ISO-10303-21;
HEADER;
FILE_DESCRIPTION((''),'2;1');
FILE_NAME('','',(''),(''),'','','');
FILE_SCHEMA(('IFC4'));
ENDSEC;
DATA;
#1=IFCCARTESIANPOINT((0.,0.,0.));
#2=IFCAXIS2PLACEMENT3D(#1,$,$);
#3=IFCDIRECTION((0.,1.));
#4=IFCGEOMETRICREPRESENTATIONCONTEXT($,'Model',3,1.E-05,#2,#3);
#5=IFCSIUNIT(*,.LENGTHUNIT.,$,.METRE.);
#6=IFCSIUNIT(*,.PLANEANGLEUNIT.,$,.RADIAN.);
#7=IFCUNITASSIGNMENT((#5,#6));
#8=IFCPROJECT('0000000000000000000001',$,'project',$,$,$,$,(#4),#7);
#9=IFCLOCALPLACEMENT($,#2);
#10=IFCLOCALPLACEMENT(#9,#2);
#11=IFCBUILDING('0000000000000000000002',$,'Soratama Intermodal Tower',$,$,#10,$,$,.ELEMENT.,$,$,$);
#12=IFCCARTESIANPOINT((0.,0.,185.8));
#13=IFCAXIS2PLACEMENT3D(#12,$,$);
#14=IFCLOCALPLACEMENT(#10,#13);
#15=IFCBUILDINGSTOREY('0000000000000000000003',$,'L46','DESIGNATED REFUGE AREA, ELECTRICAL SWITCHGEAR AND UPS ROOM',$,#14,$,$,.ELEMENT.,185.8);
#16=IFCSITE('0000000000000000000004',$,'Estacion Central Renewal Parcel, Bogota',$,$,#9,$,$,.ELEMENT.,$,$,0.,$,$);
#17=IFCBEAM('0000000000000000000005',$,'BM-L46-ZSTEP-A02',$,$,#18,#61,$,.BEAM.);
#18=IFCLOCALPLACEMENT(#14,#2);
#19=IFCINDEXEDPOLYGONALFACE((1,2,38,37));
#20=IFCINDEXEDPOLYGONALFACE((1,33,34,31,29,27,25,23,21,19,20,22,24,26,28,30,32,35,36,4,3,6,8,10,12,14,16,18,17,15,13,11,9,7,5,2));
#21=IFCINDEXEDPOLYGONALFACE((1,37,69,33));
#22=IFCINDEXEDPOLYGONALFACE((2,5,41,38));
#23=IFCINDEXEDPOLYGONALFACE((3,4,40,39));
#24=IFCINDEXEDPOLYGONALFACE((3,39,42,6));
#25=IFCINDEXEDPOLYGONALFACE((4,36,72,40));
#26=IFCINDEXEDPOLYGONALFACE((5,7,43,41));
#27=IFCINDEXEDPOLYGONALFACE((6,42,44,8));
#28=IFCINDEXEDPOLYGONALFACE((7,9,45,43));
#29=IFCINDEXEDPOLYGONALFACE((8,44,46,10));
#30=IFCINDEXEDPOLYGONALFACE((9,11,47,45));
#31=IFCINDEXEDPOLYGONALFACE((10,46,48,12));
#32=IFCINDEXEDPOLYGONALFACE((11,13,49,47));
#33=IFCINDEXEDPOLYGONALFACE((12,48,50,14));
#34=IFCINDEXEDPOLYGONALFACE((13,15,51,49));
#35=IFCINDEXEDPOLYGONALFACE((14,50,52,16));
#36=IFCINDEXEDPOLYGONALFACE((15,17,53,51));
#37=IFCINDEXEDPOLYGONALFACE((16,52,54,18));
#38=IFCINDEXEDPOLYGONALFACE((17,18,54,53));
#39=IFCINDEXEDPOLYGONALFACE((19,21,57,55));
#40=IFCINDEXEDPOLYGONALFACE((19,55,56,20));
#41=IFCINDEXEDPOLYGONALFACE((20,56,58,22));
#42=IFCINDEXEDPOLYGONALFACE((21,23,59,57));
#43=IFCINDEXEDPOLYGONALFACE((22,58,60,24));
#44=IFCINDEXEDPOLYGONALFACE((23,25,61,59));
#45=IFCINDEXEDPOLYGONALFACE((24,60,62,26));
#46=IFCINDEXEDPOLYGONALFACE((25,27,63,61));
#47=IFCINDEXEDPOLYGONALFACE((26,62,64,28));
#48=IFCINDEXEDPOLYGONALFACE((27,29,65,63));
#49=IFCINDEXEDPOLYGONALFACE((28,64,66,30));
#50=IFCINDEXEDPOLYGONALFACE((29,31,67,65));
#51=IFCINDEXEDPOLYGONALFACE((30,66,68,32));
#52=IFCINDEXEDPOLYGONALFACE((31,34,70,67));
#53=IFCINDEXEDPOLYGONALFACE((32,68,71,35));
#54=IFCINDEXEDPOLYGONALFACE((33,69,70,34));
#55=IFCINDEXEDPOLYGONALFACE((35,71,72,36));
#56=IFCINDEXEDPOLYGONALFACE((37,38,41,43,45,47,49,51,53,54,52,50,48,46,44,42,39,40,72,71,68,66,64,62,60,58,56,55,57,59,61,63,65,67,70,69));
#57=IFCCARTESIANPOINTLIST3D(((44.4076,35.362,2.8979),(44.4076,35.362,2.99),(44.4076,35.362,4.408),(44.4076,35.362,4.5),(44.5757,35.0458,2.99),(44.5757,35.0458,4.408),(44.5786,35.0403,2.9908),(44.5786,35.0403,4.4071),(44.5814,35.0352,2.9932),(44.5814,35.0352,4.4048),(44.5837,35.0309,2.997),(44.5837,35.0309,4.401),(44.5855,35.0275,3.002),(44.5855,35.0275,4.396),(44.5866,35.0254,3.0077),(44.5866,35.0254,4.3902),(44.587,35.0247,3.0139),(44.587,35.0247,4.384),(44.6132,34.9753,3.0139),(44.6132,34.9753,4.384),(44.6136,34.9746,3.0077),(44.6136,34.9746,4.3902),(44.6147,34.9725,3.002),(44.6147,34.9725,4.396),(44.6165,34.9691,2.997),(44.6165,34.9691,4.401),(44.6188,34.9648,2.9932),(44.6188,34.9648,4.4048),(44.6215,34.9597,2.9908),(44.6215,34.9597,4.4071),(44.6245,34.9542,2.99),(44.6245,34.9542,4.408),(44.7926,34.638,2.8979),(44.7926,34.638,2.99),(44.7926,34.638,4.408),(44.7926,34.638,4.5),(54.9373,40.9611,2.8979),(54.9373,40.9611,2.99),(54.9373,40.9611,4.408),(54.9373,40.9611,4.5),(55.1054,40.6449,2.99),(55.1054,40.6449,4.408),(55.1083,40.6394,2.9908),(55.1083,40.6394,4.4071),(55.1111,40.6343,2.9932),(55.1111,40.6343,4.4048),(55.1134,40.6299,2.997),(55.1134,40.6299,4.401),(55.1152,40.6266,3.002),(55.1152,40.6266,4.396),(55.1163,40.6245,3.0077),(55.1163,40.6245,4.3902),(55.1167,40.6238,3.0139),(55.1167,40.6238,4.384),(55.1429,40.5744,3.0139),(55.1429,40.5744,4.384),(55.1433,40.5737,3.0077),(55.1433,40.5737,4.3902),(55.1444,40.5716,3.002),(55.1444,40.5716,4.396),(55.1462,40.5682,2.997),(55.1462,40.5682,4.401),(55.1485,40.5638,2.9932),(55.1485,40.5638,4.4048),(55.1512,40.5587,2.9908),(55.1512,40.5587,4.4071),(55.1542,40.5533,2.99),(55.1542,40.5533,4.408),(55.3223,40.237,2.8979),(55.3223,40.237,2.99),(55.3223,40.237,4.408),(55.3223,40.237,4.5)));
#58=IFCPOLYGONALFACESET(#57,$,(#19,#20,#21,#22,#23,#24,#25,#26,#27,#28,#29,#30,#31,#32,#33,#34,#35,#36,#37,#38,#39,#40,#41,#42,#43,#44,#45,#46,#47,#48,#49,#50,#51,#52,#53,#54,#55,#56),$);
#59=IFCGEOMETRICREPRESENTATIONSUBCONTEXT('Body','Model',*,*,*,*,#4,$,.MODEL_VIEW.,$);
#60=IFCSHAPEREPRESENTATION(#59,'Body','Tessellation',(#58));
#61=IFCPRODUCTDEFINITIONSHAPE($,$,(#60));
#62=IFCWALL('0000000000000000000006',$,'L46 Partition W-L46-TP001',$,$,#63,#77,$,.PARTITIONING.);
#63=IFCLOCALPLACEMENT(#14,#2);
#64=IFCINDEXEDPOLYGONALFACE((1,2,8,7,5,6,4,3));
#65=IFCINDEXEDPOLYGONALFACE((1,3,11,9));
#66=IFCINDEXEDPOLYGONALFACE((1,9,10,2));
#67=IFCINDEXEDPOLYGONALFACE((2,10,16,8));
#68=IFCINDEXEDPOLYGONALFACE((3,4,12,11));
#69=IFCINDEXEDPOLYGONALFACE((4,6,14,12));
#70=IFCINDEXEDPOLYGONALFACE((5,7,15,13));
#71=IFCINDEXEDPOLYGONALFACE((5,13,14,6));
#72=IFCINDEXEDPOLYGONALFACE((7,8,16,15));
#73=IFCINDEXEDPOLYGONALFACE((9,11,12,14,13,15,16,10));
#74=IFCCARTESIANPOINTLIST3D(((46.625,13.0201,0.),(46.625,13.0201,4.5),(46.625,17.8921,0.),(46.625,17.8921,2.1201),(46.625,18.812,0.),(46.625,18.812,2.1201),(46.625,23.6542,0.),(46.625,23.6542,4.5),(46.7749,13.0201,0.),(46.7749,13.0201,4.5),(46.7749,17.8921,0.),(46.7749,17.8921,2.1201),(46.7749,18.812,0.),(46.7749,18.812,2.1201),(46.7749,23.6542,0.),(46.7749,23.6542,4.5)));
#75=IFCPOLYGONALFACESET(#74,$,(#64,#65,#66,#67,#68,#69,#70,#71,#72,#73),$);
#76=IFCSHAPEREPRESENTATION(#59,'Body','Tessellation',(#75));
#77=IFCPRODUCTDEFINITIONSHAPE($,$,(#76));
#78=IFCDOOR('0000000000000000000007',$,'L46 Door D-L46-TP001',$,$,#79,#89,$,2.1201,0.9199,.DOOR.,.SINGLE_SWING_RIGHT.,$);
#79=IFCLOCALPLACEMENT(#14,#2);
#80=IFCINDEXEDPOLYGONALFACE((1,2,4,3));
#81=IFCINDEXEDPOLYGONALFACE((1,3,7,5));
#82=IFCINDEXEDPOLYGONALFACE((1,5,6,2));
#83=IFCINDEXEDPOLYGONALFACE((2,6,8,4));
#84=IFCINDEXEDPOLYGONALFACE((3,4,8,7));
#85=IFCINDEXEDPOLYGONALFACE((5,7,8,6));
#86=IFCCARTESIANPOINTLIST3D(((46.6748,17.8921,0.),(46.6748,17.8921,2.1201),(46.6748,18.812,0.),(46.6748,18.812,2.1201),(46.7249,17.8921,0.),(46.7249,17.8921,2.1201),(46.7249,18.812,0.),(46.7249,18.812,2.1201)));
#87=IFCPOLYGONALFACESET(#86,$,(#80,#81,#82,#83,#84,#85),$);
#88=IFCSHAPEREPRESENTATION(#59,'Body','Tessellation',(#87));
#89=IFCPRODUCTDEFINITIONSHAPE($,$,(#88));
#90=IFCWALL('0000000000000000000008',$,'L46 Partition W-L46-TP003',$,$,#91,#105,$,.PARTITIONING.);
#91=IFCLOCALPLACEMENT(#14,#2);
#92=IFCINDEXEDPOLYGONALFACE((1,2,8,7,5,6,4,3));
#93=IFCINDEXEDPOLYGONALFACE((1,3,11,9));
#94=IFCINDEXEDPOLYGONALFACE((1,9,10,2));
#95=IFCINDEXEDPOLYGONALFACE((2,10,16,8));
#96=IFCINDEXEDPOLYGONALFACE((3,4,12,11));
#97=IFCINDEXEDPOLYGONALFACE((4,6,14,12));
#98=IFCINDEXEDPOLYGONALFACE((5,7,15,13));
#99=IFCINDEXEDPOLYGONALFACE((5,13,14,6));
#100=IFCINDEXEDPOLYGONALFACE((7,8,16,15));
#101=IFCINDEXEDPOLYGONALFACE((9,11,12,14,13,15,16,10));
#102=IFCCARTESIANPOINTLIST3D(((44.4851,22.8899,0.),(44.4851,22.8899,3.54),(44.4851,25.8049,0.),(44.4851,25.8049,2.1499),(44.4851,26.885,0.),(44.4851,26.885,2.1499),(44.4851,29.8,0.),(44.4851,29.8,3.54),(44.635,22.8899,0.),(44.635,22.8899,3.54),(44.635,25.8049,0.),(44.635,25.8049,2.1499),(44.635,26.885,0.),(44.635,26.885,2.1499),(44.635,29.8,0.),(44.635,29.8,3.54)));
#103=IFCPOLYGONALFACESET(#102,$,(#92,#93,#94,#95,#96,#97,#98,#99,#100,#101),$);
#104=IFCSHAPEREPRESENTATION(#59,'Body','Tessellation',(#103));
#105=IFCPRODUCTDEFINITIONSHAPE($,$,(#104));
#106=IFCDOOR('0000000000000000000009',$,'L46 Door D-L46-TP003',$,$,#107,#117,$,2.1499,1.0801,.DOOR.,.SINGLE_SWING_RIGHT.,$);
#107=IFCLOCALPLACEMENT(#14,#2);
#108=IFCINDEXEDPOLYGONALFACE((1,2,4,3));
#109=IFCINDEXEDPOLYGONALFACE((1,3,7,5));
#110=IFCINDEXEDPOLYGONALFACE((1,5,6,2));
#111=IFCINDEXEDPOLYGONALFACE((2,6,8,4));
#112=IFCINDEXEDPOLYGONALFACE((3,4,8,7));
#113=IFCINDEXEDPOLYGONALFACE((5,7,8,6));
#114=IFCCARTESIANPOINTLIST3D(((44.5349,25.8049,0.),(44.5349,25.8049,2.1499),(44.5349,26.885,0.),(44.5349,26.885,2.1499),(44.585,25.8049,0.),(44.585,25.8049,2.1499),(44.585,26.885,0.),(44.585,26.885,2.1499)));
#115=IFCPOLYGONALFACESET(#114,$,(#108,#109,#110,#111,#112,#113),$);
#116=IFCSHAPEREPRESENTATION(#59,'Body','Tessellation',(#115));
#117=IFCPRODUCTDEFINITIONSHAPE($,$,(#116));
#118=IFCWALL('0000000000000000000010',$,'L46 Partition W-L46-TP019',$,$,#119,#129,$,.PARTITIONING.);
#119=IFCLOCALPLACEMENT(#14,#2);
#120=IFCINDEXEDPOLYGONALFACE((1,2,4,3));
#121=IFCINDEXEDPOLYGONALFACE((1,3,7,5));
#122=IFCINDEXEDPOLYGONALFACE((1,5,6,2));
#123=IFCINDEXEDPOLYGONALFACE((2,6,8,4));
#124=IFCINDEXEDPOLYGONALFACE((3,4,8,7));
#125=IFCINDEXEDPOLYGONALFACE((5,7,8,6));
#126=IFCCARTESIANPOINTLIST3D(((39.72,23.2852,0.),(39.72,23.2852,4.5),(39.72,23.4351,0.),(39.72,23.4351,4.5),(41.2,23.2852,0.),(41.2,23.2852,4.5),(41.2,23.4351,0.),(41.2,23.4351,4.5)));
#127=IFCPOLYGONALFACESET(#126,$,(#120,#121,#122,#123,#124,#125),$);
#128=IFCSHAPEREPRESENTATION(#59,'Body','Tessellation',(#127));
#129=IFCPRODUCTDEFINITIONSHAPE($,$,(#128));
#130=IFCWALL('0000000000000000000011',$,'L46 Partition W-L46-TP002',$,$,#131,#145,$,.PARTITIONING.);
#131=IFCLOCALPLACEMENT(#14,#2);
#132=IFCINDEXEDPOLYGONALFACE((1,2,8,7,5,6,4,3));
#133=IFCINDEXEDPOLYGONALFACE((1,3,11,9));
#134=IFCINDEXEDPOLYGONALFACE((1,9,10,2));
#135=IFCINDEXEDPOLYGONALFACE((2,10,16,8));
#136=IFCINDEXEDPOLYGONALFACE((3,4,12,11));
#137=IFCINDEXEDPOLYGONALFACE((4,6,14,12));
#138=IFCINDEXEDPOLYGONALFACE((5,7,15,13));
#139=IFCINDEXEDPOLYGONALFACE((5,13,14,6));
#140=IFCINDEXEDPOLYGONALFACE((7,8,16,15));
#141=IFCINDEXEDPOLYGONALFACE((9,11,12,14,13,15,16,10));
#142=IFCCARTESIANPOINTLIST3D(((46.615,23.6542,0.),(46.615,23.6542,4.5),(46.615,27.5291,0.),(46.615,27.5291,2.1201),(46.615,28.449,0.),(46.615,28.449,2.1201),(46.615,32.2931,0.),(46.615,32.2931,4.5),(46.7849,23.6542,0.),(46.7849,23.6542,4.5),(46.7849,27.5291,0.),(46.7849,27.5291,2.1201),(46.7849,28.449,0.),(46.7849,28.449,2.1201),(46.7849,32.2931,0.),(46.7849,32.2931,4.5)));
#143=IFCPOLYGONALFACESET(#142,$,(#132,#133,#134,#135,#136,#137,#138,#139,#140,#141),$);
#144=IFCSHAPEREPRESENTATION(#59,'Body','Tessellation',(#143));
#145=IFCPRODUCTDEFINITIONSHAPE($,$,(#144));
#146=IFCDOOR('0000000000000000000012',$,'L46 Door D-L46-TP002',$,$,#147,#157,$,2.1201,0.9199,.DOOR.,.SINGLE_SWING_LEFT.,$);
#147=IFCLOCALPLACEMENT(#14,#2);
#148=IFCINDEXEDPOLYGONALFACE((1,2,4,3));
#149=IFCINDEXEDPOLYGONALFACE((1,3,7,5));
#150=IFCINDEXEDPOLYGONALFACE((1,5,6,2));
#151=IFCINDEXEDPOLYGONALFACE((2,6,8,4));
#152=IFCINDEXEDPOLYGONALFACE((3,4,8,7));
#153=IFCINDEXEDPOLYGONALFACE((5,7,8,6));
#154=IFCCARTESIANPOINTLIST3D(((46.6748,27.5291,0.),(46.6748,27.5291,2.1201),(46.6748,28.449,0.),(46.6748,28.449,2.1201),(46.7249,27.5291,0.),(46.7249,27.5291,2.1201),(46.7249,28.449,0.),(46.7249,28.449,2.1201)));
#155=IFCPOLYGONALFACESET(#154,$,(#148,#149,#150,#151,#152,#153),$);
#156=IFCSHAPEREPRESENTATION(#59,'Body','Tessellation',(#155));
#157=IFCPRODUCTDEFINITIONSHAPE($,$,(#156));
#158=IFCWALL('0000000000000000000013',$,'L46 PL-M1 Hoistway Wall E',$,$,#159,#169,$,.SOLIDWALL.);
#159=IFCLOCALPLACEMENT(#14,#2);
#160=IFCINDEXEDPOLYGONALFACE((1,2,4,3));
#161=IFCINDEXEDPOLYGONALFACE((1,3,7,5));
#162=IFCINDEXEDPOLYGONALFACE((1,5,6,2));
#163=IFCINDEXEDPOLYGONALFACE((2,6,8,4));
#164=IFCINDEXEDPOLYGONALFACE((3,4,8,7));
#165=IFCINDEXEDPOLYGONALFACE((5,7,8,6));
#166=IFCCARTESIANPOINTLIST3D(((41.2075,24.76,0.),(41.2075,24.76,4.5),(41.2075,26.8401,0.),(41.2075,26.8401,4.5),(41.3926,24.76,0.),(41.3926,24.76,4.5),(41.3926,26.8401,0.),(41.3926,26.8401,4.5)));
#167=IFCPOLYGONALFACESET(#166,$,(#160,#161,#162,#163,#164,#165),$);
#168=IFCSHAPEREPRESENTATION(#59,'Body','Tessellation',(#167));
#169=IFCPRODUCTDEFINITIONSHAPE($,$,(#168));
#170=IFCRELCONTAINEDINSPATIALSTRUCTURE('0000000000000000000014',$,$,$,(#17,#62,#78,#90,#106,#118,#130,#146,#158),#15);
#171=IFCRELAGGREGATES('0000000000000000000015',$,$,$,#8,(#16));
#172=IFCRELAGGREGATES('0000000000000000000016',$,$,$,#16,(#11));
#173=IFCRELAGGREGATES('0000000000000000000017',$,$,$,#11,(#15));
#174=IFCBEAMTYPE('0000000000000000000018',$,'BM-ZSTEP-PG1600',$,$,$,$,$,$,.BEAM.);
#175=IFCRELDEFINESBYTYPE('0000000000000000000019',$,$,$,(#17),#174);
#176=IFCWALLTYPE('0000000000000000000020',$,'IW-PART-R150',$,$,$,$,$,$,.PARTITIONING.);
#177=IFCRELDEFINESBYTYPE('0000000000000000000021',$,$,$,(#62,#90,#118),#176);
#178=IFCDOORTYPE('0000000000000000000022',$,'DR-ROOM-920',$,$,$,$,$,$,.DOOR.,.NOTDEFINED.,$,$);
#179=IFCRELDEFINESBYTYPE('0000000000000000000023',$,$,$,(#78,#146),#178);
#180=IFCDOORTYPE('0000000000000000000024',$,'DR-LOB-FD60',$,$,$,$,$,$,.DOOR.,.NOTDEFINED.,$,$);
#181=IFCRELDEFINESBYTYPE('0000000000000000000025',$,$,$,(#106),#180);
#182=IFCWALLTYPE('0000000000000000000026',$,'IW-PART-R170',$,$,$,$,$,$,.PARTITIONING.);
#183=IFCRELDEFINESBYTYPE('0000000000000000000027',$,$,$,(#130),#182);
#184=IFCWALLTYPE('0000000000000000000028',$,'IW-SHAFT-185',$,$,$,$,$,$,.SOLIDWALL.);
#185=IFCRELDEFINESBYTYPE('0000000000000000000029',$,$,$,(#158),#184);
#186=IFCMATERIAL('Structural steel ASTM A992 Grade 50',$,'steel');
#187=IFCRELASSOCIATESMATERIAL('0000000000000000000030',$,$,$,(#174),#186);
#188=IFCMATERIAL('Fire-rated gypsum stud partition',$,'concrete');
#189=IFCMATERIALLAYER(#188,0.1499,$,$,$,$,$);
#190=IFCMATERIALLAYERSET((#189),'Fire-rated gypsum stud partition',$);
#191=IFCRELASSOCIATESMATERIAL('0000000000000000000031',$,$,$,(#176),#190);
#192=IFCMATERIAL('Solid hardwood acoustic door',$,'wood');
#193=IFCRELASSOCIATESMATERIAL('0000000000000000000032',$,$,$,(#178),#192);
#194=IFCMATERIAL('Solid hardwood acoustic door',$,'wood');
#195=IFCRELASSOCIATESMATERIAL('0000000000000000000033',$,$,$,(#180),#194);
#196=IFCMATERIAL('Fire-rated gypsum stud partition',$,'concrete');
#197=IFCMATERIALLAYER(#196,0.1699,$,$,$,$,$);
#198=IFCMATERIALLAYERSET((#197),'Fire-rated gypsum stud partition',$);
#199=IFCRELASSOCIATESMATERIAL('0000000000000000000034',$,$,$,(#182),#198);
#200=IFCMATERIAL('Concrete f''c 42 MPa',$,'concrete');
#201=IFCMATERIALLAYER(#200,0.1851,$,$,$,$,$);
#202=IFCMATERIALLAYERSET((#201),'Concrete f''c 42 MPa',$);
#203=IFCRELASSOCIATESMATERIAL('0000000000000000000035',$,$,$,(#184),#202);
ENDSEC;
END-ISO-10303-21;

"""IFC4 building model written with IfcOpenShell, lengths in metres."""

from ifc_helpers import new_model, si_unit, direction, frame, frame_2d, origin, origin_2d, place, context, subcontext, project, spatial, rectangle, i_section, extrude, material, layer, layer_set, material_profile, profile_set, type_object, element, fill, save


model = new_model("IFC4")

# Units and contexts
model_context = context("Model", 3, precision=1e-05, world=origin(), true_north=direction((0.0, 1.0)))
body_context = subcontext(model_context, "Body", "Model", "MODEL_VIEW")
ifc_project = project(units=[si_unit("LENGTHUNIT", "METRE"), si_unit("PLANEANGLEUNIT", "RADIAN")], contexts=[model_context])

# Site, building, storey
site_placement = place(None, origin())
site = spatial("IfcSite", under=ifc_project, at=site_placement, Name="Estacion Central Renewal Parcel, Bogota", CompositionType="ELEMENT", RefElevation=0.0)
building_placement = place(site_placement, origin())
building = spatial("IfcBuilding", under=site, at=building_placement, Name="Soratama Intermodal Tower", CompositionType="ELEMENT")
storey_placement = place(building_placement, frame((0.0, 0.0, 185.8)))
storey = spatial("IfcBuildingStorey", under=building, at=storey_placement, Name="L46", Description="DESIGNATED REFUGE AREA, ELECTRICAL SWITCHGEAR AND UPS ROOM", CompositionType="ELEMENT", Elevation=185.8)

# Beam
ifc_material_1 = material(Name="Structural steel ASTM A992 Grade 50", Category="steel")
ifc_material_profile_1 = material_profile(ifc_material_1, i_section(OverallWidth=0.8201, OverallDepth=1.6021, WebThickness=0.0559, FlangeThickness=0.092, FilletRadius=0.0239, at=origin_2d()), Name="PG1600X650")
ifc_profile_set_1 = profile_set([ifc_material_profile_1], Name="Structural steel ASTM A992 Grade 50")
beam_type_1 = type_object("IfcBeamType", Name="BM-ZSTEP-PG1600", PredefinedType="BEAM", material=ifc_profile_set_1)
beam_1_placement = place(storey_placement, frame((44.6001, 35.0, 3.699), z_axis=(0.882936, 0.469493, 0.0), x_axis=(-0.469493, 0.882936, 0.0)))
element("IfcBeam", 1, at=beam_1_placement, inside=storey, type_object=beam_type_1, Name="BM-L46-ZSTEP-A02", PredefinedType="BEAM", context=body_context, shape_type="SweptSolid", body=[
    extrude(i_section(OverallWidth=0.8201, OverallDepth=1.6021, WebThickness=0.0559, FlangeThickness=0.092, FilletRadius=0.0239, at=origin_2d()), origin(), (0.0, 0.0, 1.0), 11.9258),
])

# Walls, openings, doors
ifc_material_2 = material(Name="Fire-rated gypsum stud partition", Category="concrete")
ifc_layer_1 = layer(ifc_material_2, 0.1499)
ifc_layer_set_1 = layer_set([ifc_layer_1], Name="Fire-rated gypsum stud partition")
wall_type_1 = type_object("IfcWallType", Name="IW-PART-R150", PredefinedType="PARTITIONING", material=ifc_layer_set_1)
wall_1_placement = place(storey_placement, frame((46.7, 23.6541, 0.0), z_axis=(0.0, 0.0, 1.0), x_axis=(0.0, -1.0, 0.0)))
wall_1 = element("IfcWall", 2, at=wall_1_placement, inside=storey, type_object=wall_type_1, Name="L46 Partition W-L46-TP001", PredefinedType="PARTITIONING", context=body_context, shape_type="SweptSolid", body=[
    extrude(rectangle(XDim=10.634, YDim=0.1499, at=frame_2d((5.3169, 0.0))), origin(), (0.0, 0.0, 1.0), 4.5),
])
opening_1_placement = place(wall_1_placement, frame((4.842, 0.0, 0.0)))
opening_1 = element("IfcOpeningElement", 3, at=opening_1_placement, cuts=wall_1, PredefinedType="OPENING", context=body_context, shape_type="SweptSolid", body=[
    extrude(rectangle(XDim=0.9199, YDim=2.1201, at=frame_2d((0.46, 1.0601))), frame((0.0, 0.085, 0.0), z_axis=(0.0, -1.0, 0.0), x_axis=(1.0, 0.0, 0.0)), (0.0, 0.0, 1.0), 0.1699),
])
ifc_material_3 = material(Name="Solid hardwood acoustic door", Category="wood")
door_type_1 = type_object("IfcDoorType", Name="DR-ROOM-920", OperationType="NOTDEFINED", PredefinedType="DOOR", material=ifc_material_3)
door_1_placement = place(opening_1_placement, origin())
door_1 = element("IfcDoor", 4, at=door_1_placement, inside=storey, type_object=door_type_1, Name="L46 Door D-L46-TP001", OperationType="SINGLE_SWING_RIGHT", OverallHeight=2.1201, OverallWidth=0.9199, PredefinedType="DOOR", context=body_context, shape_type="SweptSolid", body=[
    extrude(rectangle(XDim=0.9199, YDim=2.1201, at=frame_2d((0.46, 1.0601))), frame((0.0, 0.0249, 0.0), z_axis=(0.0, -1.0, 0.0), x_axis=(1.0, 0.0, 0.0)), (0.0, 0.0, 1.0), 0.05),
])
fill(opening_1, door_1)
wall_2_placement = place(storey_placement, frame((44.5601, 29.8, 0.0), z_axis=(0.0, 0.0, 1.0), x_axis=(0.0, -1.0, 0.0)))
wall_2 = element("IfcWall", 5, at=wall_2_placement, inside=storey, type_object=wall_type_1, Name="L46 Partition W-L46-TP003", PredefinedType="PARTITIONING", context=body_context, shape_type="SweptSolid", body=[
    extrude(rectangle(XDim=6.9102, YDim=0.1499, at=frame_2d((3.4551, 0.0))), origin(), (0.0, 0.0, 1.0), 3.54),
])
opening_2_placement = place(wall_2_placement, frame((2.915, 0.0, 0.0)))
opening_2 = element("IfcOpeningElement", 6, at=opening_2_placement, cuts=wall_2, PredefinedType="OPENING", context=body_context, shape_type="SweptSolid", body=[
    extrude(rectangle(XDim=1.0801, YDim=2.1499, at=frame_2d((0.54, 1.075))), frame((0.0, 0.085, 0.0), z_axis=(0.0, -1.0, 0.0), x_axis=(1.0, 0.0, 0.0)), (0.0, 0.0, 1.0), 0.1699),
])
ifc_material_4 = material(Name="Solid hardwood acoustic door", Category="wood")
door_type_2 = type_object("IfcDoorType", Name="DR-LOB-FD60", OperationType="NOTDEFINED", PredefinedType="DOOR", material=ifc_material_4)
door_2_placement = place(opening_2_placement, origin())
door_2 = element("IfcDoor", 7, at=door_2_placement, inside=storey, type_object=door_type_2, Name="L46 Door D-L46-TP003", OperationType="SINGLE_SWING_RIGHT", OverallHeight=2.1499, OverallWidth=1.0801, PredefinedType="DOOR", context=body_context, shape_type="SweptSolid", body=[
    extrude(rectangle(XDim=1.0801, YDim=2.1499, at=frame_2d((0.54, 1.075))), frame((0.0, 0.0249, 0.0), z_axis=(0.0, -1.0, 0.0), x_axis=(1.0, 0.0, 0.0)), (0.0, 0.0, 1.0), 0.05),
])
fill(opening_2, door_2)

# Wall
wall_3_placement = place(storey_placement, frame((41.2, 23.3601, 0.0), z_axis=(0.0, 0.0, 1.0), x_axis=(-1.0, 0.0, 0.0)))
element("IfcWall", 8, at=wall_3_placement, inside=storey, type_object=wall_type_1, Name="L46 Partition W-L46-TP019", PredefinedType="PARTITIONING", context=body_context, shape_type="SweptSolid", body=[
    extrude(rectangle(XDim=1.48, YDim=0.1499, at=frame_2d((0.74, 0.0))), origin(), (0.0, 0.0, 1.0), 4.5),
])

# Wall, opening, door
ifc_material_5 = material(Name="Fire-rated gypsum stud partition", Category="concrete")
ifc_layer_2 = layer(ifc_material_5, 0.1699)
ifc_layer_set_2 = layer_set([ifc_layer_2], Name="Fire-rated gypsum stud partition")
wall_type_2 = type_object("IfcWallType", Name="IW-PART-R170", PredefinedType="PARTITIONING", material=ifc_layer_set_2)
wall_4_placement = place(storey_placement, frame((46.7, 32.293, 0.0), z_axis=(0.0, 0.0, 1.0), x_axis=(0.0, -1.0, 0.0)))
wall_4 = element("IfcWall", 9, at=wall_4_placement, inside=storey, type_object=wall_type_2, Name="L46 Partition W-L46-TP002", PredefinedType="PARTITIONING", context=body_context, shape_type="SweptSolid", body=[
    extrude(rectangle(XDim=8.6389, YDim=0.1699, at=frame_2d((4.3193, 0.0))), origin(), (0.0, 0.0, 1.0), 4.5),
])
opening_3_placement = place(wall_4_placement, frame((3.844, 0.0, 0.0)))
opening_3 = element("IfcOpeningElement", 10, at=opening_3_placement, cuts=wall_4, PredefinedType="OPENING", context=body_context, shape_type="SweptSolid", body=[
    extrude(rectangle(XDim=0.9199, YDim=2.1201, at=frame_2d((0.46, 1.0601))), frame((0.0, 0.095, 0.0), z_axis=(0.0, -1.0, 0.0), x_axis=(1.0, 0.0, 0.0)), (0.0, 0.0, 1.0), 0.1899),
])
door_3_placement = place(opening_3_placement, origin())
door_3 = element("IfcDoor", 11, at=door_3_placement, inside=storey, type_object=door_type_1, Name="L46 Door D-L46-TP002", OperationType="SINGLE_SWING_LEFT", OverallHeight=2.1201, OverallWidth=0.9199, PredefinedType="DOOR", context=body_context, shape_type="SweptSolid", body=[
    extrude(rectangle(XDim=0.9199, YDim=2.1201, at=frame_2d((0.46, 1.0601))), frame((0.0, 0.0249, 0.0), z_axis=(0.0, -1.0, 0.0), x_axis=(1.0, 0.0, 0.0)), (0.0, 0.0, 1.0), 0.05),
])
fill(opening_3, door_3)

# Wall
ifc_material_6 = material(Name="Concrete f'c 42 MPa", Category="concrete")
ifc_layer_3 = layer(ifc_material_6, 0.1851)
ifc_layer_set_3 = layer_set([ifc_layer_3], Name="Concrete f'c 42 MPa")
wall_type_3 = type_object("IfcWallType", Name="IW-SHAFT-185", PredefinedType="SOLIDWALL", material=ifc_layer_set_3)
wall_5_placement = place(storey_placement, frame((41.3, 24.76, 0.0), z_axis=(0.0, 0.0, 1.0), x_axis=(0.0, 1.0, 0.0)))
element("IfcWall", 12, at=wall_5_placement, inside=storey, type_object=wall_type_3, Name="L46 PL-M1 Hoistway Wall E", PredefinedType="SOLIDWALL", context=body_context, shape_type="SweptSolid", body=[
    extrude(rectangle(XDim=2.0801, YDim=0.1851, at=frame_2d((1.04, 0.0))), origin(), (0.0, 0.0, 1.0), 4.5),
])

save(model, "model.ifc")
